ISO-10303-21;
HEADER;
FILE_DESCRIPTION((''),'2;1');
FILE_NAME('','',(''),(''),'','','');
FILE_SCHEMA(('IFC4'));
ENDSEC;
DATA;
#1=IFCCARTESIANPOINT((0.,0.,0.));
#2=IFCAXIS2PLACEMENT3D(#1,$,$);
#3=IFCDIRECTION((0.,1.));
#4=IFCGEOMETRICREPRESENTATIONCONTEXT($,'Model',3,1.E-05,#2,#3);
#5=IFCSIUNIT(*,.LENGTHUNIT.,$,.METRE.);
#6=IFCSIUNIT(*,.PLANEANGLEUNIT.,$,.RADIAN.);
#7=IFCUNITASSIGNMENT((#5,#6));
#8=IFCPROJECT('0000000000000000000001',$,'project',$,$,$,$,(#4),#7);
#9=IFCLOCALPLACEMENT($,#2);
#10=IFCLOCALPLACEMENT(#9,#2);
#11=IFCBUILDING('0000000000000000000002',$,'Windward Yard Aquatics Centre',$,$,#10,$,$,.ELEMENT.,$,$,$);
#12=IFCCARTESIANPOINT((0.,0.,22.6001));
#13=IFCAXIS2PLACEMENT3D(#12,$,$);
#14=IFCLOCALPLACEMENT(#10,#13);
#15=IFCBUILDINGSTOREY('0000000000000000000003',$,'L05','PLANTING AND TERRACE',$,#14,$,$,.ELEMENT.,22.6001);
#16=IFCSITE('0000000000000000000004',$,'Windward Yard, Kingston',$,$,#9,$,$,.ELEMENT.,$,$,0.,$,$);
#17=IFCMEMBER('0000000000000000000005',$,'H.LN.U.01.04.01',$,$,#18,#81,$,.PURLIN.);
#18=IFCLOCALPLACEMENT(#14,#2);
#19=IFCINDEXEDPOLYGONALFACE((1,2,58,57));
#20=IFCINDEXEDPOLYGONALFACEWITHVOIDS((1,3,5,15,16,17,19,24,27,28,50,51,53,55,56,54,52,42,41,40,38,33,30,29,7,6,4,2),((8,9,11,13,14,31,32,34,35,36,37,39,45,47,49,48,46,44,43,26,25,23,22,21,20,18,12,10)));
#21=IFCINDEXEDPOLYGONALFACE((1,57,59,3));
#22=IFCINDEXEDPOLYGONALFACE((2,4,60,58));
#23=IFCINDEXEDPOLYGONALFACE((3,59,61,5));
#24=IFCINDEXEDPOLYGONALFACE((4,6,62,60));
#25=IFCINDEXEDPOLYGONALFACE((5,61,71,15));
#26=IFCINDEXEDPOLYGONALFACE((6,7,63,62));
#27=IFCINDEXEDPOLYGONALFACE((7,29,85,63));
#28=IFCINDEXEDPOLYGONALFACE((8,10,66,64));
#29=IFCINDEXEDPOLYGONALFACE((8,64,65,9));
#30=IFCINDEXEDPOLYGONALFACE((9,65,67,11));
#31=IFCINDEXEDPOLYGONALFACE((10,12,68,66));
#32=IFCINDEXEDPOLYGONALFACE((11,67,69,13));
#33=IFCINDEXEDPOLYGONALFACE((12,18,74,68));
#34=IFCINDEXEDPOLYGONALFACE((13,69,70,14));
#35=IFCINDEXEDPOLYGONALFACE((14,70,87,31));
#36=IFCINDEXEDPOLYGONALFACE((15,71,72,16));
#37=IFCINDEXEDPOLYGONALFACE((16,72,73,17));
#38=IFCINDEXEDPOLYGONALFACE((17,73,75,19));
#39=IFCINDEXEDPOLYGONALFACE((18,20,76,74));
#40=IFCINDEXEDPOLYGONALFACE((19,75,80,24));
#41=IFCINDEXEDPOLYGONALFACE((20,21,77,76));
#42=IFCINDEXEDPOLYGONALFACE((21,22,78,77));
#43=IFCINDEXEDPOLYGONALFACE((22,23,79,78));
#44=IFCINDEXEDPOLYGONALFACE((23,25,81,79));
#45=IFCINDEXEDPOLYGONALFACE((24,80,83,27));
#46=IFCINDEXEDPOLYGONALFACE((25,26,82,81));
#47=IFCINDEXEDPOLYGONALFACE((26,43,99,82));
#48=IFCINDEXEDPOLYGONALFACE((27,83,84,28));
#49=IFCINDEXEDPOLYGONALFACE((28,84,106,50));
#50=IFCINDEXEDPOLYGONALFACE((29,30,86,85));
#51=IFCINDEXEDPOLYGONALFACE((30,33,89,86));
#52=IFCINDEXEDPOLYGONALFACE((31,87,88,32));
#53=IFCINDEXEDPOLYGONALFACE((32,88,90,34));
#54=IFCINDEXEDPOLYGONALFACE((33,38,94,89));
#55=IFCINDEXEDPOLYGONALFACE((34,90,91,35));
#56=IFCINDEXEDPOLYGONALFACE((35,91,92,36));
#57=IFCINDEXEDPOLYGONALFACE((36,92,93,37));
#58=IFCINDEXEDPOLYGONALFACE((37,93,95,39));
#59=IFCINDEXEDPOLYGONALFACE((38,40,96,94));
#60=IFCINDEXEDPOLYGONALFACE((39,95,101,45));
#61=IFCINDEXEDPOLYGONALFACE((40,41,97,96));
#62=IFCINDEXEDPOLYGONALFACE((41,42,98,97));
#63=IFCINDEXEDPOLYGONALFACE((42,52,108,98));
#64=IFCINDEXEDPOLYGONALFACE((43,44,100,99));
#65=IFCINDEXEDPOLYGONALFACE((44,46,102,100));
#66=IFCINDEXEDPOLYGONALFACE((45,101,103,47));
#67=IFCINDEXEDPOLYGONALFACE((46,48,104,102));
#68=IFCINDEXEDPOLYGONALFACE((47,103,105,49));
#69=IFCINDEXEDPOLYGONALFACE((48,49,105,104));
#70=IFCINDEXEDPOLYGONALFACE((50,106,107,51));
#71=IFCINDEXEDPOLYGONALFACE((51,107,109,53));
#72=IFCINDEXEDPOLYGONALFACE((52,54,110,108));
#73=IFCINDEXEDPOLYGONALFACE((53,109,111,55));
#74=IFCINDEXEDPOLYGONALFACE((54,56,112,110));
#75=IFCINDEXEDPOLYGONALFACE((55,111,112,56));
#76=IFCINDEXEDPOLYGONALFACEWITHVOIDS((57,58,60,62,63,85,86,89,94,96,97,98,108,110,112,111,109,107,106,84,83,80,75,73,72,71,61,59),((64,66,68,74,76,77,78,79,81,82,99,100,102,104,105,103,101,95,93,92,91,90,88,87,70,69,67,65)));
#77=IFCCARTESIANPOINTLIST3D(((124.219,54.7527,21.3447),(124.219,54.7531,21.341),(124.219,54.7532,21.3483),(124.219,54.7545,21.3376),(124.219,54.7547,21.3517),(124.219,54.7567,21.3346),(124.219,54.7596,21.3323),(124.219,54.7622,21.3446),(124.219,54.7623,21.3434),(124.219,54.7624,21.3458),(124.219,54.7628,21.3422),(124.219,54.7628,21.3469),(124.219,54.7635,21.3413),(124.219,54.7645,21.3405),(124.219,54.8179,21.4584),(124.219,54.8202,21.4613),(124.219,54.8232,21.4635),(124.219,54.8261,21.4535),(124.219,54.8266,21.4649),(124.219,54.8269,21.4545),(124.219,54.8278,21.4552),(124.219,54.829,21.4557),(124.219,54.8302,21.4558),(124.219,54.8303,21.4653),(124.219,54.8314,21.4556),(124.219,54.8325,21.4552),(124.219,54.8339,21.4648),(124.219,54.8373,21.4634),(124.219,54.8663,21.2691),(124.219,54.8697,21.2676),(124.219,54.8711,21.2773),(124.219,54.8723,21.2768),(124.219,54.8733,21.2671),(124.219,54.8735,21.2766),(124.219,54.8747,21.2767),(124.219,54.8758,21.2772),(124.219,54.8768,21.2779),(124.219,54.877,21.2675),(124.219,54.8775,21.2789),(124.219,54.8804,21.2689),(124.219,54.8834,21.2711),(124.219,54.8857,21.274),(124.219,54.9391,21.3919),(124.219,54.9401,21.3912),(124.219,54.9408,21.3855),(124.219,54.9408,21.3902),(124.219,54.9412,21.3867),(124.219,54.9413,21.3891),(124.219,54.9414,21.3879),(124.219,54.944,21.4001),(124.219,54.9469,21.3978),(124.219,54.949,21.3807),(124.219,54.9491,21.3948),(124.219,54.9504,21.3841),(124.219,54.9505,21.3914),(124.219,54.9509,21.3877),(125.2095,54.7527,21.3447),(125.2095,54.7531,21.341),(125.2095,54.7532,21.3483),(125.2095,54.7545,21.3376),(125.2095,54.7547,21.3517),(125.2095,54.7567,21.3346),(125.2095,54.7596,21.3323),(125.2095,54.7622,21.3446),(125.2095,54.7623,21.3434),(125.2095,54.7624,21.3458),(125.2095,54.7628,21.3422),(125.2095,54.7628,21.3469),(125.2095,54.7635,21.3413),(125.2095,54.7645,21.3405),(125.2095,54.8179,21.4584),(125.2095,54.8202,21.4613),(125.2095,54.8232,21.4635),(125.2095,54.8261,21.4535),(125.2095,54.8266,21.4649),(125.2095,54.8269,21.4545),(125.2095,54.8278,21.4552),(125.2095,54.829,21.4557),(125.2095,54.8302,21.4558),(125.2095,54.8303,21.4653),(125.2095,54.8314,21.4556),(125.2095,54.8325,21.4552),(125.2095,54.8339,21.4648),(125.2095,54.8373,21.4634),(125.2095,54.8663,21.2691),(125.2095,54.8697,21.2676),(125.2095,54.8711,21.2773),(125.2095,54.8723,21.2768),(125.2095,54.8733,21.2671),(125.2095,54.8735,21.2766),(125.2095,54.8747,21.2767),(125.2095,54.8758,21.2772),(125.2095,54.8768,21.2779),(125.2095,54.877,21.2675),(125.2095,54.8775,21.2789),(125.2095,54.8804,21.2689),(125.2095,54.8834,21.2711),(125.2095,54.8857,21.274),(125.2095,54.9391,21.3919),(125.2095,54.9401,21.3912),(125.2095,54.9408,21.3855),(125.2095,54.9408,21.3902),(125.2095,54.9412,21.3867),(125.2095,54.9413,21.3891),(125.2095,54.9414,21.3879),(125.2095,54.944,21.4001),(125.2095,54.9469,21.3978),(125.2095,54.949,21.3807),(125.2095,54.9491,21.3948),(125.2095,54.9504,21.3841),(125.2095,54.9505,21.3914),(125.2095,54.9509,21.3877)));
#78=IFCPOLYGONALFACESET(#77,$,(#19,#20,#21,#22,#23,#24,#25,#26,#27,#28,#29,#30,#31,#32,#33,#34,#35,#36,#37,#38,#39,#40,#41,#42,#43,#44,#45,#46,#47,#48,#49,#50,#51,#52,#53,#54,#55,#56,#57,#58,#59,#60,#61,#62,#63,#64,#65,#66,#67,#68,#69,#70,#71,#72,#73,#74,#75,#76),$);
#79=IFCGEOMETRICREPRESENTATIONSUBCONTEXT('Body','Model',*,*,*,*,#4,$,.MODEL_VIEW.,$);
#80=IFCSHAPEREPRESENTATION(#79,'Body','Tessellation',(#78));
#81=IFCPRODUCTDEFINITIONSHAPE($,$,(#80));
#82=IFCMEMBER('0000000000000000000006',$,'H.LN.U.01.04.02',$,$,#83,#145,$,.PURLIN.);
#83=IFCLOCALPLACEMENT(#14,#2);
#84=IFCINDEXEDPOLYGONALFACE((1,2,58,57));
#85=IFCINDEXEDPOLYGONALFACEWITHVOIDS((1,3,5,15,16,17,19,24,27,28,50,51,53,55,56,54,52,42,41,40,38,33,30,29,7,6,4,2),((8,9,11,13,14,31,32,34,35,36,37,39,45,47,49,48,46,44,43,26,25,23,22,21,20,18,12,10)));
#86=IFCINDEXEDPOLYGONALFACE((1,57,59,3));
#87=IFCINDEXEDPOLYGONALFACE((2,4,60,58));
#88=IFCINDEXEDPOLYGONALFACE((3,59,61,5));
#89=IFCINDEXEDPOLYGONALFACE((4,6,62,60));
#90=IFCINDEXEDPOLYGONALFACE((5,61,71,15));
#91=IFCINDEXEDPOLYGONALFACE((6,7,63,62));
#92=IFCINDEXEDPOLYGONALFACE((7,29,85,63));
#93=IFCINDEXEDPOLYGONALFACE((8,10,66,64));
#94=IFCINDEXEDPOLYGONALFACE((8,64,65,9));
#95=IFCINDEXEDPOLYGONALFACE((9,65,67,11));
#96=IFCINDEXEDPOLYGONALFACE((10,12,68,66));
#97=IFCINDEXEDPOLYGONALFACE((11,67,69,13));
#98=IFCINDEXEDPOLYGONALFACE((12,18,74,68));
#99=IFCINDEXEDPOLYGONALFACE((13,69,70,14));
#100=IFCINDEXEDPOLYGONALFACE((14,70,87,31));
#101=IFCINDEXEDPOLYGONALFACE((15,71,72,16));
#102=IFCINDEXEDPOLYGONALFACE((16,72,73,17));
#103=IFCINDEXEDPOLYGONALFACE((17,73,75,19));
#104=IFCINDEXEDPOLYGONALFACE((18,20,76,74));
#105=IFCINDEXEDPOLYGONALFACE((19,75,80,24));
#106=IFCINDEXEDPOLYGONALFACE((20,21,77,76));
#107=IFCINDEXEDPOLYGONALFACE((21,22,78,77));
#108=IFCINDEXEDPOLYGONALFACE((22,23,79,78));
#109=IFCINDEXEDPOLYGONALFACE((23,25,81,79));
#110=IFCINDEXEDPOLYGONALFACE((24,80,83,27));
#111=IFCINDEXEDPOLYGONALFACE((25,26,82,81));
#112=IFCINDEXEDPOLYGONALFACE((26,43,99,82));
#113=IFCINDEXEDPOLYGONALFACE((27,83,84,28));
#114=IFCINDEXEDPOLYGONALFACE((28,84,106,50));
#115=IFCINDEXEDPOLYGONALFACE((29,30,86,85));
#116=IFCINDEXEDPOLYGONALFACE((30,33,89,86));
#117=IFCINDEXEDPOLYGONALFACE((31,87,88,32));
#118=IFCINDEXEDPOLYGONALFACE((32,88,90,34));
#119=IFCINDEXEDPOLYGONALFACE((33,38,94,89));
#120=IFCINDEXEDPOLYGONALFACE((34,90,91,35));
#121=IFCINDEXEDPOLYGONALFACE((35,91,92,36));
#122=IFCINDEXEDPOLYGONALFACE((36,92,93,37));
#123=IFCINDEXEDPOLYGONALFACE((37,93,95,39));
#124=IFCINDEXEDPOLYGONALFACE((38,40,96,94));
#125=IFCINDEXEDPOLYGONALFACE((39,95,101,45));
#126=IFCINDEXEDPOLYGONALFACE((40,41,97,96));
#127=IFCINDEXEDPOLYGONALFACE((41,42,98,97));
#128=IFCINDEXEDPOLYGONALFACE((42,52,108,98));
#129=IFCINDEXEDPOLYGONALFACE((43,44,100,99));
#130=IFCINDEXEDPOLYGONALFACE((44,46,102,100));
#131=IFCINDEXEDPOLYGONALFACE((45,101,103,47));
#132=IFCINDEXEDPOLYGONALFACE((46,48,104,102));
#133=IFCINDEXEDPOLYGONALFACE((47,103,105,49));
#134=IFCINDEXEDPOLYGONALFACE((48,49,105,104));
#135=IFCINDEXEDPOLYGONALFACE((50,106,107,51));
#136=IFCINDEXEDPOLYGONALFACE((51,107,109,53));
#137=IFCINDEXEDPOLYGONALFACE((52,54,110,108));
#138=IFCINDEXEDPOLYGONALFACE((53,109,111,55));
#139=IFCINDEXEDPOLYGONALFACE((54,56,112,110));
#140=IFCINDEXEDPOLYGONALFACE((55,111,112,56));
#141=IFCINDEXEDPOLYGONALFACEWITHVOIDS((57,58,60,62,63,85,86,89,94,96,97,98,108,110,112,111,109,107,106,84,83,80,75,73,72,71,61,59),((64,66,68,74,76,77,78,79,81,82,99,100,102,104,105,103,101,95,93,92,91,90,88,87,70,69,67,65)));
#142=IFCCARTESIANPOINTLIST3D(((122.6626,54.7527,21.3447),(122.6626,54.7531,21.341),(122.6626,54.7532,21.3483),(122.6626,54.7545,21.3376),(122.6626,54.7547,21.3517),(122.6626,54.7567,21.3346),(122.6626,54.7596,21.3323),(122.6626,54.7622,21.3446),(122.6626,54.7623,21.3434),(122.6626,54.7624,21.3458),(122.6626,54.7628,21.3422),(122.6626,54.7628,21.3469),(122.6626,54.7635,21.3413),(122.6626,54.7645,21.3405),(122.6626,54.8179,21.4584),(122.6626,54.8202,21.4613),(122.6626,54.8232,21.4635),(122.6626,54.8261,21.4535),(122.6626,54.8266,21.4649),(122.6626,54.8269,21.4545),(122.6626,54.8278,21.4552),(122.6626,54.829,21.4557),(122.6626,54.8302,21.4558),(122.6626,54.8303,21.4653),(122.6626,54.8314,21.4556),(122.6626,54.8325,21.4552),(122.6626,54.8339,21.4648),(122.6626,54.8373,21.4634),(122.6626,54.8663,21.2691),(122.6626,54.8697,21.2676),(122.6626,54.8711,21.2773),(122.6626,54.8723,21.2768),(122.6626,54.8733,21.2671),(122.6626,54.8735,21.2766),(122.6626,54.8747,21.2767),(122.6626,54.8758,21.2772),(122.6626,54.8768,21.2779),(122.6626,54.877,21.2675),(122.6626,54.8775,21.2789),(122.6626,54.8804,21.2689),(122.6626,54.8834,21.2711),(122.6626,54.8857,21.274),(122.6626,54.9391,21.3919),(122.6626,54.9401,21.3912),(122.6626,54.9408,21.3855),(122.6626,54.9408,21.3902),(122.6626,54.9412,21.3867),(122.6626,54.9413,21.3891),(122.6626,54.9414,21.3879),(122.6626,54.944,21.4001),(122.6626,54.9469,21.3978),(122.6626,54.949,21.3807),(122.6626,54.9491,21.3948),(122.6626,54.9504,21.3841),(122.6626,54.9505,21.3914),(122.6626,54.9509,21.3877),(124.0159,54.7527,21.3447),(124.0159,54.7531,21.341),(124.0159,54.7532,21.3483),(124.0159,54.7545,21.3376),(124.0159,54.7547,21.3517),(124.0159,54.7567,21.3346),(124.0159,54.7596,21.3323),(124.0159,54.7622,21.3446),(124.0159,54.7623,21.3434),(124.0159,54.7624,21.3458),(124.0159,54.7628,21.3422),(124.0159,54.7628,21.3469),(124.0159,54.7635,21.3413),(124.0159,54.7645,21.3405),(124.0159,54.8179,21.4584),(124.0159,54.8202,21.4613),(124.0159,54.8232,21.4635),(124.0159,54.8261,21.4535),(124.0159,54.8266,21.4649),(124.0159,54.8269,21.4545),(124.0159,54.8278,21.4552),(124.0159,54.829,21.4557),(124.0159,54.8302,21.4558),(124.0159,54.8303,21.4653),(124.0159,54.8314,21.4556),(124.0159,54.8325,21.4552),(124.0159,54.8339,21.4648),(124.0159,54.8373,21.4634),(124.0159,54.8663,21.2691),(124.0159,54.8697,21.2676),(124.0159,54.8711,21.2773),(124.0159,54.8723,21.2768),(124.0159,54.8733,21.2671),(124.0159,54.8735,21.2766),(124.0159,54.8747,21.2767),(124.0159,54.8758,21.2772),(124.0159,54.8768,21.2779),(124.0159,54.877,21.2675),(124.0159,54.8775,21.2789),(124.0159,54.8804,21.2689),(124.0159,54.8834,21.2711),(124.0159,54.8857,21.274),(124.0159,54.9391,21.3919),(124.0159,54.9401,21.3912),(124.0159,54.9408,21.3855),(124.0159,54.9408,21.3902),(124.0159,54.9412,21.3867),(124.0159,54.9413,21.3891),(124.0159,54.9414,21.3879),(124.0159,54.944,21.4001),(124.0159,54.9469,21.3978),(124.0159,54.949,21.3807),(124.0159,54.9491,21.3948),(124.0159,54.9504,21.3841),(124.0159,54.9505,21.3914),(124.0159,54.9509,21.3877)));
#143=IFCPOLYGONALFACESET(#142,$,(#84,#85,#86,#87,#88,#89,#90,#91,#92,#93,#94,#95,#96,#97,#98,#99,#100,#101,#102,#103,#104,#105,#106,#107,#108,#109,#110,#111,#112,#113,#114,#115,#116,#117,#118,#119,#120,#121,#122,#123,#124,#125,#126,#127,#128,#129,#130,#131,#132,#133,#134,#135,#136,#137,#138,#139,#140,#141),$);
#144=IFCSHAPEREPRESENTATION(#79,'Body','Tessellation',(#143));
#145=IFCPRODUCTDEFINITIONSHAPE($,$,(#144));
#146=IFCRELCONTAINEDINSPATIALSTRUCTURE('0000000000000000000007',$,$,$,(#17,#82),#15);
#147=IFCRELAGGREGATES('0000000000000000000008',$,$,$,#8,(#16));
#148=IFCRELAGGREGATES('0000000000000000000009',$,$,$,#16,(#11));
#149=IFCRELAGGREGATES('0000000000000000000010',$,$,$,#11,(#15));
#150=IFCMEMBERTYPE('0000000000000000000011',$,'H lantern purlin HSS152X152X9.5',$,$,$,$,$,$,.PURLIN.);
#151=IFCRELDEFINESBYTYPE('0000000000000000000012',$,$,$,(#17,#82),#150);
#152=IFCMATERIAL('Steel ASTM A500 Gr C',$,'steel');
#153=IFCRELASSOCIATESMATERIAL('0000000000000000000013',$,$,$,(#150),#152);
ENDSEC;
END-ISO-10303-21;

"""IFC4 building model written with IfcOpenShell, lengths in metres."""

from ifc_helpers import new_model, si_unit, direction, frame, origin, origin_2d, place, context, subcontext, project, spatial, hollow_rectangle, extrude, material, material_profile, profile_set, type_object, element, save


model = new_model("IFC4")

# Units and contexts
model_context = context("Model", 3, precision=1e-05, world=origin(), true_north=direction((0.0, 1.0)))
body_context = subcontext(model_context, "Body", "Model", "MODEL_VIEW")
ifc_project = project(units=[si_unit("LENGTHUNIT", "METRE"), si_unit("PLANEANGLEUNIT", "RADIAN")], contexts=[model_context])

# Site, building, storey
site_placement = place(None, origin())
site = spatial("IfcSite", under=ifc_project, at=site_placement, Name="Windward Yard, Kingston", CompositionType="ELEMENT", RefElevation=0.0)
building_placement = place(site_placement, origin())
building = spatial("IfcBuilding", under=site, at=building_placement, Name="Windward Yard Aquatics Centre", CompositionType="ELEMENT")
storey_placement = place(building_placement, frame((0.0, 0.0, 22.6001)))
storey = spatial("IfcBuildingStorey", under=building, at=storey_placement, Name="L05", Description="PLANTING AND TERRACE", CompositionType="ELEMENT", Elevation=22.6001)

# Members
ifc_material_1 = material(Name="Steel ASTM A500 Gr C", Category="steel")
ifc_material_profile = material_profile(ifc_material_1, hollow_rectangle(XDim=0.1523, YDim=0.1523, WallThickness=0.0095, InnerFilletRadius=0.0046, OuterFilletRadius=0.0142, at=origin_2d()), Name="HSS152X152X9.5")
ifc_profile_set = profile_set([ifc_material_profile], Name="Steel ASTM A500 Gr C")
member_type = type_object("IfcMemberType", Name="H lantern purlin HSS152X152X9.5", PredefinedType="PURLIN", material=ifc_profile_set)
member_1_placement = place(storey_placement, frame((125.2095, 54.8518, 21.3662), z_axis=(-1.0, 0.0, 0.0), x_axis=(0.0, -0.51012, -0.860103)))
element("IfcMember", 1, at=member_1_placement, inside=storey, type_object=member_type, Name="H.LN.U.01.04.01", PredefinedType="PURLIN", context=body_context, shape_type="SweptSolid", body=[
    extrude(hollow_rectangle(XDim=0.1523, YDim=0.1523, WallThickness=0.0095, InnerFilletRadius=0.0046, OuterFilletRadius=0.0142, at=origin_2d()), origin(), (0.0, 0.0, 1.0), 0.9905),
])
member_2_placement = place(storey_placement, frame((124.0159, 54.8518, 21.3662), z_axis=(-1.0, 0.0, 0.0), x_axis=(0.0, -0.51012, -0.860103)))
element("IfcMember", 2, at=member_2_placement, inside=storey, type_object=member_type, Name="H.LN.U.01.04.02", PredefinedType="PURLIN", context=body_context, shape_type="SweptSolid", body=[
    extrude(hollow_rectangle(XDim=0.1523, YDim=0.1523, WallThickness=0.0095, InnerFilletRadius=0.0046, OuterFilletRadius=0.0142, at=origin_2d()), origin(), (0.0, 0.0, 1.0), 1.3533),
])

save(model, "model.ifc")
